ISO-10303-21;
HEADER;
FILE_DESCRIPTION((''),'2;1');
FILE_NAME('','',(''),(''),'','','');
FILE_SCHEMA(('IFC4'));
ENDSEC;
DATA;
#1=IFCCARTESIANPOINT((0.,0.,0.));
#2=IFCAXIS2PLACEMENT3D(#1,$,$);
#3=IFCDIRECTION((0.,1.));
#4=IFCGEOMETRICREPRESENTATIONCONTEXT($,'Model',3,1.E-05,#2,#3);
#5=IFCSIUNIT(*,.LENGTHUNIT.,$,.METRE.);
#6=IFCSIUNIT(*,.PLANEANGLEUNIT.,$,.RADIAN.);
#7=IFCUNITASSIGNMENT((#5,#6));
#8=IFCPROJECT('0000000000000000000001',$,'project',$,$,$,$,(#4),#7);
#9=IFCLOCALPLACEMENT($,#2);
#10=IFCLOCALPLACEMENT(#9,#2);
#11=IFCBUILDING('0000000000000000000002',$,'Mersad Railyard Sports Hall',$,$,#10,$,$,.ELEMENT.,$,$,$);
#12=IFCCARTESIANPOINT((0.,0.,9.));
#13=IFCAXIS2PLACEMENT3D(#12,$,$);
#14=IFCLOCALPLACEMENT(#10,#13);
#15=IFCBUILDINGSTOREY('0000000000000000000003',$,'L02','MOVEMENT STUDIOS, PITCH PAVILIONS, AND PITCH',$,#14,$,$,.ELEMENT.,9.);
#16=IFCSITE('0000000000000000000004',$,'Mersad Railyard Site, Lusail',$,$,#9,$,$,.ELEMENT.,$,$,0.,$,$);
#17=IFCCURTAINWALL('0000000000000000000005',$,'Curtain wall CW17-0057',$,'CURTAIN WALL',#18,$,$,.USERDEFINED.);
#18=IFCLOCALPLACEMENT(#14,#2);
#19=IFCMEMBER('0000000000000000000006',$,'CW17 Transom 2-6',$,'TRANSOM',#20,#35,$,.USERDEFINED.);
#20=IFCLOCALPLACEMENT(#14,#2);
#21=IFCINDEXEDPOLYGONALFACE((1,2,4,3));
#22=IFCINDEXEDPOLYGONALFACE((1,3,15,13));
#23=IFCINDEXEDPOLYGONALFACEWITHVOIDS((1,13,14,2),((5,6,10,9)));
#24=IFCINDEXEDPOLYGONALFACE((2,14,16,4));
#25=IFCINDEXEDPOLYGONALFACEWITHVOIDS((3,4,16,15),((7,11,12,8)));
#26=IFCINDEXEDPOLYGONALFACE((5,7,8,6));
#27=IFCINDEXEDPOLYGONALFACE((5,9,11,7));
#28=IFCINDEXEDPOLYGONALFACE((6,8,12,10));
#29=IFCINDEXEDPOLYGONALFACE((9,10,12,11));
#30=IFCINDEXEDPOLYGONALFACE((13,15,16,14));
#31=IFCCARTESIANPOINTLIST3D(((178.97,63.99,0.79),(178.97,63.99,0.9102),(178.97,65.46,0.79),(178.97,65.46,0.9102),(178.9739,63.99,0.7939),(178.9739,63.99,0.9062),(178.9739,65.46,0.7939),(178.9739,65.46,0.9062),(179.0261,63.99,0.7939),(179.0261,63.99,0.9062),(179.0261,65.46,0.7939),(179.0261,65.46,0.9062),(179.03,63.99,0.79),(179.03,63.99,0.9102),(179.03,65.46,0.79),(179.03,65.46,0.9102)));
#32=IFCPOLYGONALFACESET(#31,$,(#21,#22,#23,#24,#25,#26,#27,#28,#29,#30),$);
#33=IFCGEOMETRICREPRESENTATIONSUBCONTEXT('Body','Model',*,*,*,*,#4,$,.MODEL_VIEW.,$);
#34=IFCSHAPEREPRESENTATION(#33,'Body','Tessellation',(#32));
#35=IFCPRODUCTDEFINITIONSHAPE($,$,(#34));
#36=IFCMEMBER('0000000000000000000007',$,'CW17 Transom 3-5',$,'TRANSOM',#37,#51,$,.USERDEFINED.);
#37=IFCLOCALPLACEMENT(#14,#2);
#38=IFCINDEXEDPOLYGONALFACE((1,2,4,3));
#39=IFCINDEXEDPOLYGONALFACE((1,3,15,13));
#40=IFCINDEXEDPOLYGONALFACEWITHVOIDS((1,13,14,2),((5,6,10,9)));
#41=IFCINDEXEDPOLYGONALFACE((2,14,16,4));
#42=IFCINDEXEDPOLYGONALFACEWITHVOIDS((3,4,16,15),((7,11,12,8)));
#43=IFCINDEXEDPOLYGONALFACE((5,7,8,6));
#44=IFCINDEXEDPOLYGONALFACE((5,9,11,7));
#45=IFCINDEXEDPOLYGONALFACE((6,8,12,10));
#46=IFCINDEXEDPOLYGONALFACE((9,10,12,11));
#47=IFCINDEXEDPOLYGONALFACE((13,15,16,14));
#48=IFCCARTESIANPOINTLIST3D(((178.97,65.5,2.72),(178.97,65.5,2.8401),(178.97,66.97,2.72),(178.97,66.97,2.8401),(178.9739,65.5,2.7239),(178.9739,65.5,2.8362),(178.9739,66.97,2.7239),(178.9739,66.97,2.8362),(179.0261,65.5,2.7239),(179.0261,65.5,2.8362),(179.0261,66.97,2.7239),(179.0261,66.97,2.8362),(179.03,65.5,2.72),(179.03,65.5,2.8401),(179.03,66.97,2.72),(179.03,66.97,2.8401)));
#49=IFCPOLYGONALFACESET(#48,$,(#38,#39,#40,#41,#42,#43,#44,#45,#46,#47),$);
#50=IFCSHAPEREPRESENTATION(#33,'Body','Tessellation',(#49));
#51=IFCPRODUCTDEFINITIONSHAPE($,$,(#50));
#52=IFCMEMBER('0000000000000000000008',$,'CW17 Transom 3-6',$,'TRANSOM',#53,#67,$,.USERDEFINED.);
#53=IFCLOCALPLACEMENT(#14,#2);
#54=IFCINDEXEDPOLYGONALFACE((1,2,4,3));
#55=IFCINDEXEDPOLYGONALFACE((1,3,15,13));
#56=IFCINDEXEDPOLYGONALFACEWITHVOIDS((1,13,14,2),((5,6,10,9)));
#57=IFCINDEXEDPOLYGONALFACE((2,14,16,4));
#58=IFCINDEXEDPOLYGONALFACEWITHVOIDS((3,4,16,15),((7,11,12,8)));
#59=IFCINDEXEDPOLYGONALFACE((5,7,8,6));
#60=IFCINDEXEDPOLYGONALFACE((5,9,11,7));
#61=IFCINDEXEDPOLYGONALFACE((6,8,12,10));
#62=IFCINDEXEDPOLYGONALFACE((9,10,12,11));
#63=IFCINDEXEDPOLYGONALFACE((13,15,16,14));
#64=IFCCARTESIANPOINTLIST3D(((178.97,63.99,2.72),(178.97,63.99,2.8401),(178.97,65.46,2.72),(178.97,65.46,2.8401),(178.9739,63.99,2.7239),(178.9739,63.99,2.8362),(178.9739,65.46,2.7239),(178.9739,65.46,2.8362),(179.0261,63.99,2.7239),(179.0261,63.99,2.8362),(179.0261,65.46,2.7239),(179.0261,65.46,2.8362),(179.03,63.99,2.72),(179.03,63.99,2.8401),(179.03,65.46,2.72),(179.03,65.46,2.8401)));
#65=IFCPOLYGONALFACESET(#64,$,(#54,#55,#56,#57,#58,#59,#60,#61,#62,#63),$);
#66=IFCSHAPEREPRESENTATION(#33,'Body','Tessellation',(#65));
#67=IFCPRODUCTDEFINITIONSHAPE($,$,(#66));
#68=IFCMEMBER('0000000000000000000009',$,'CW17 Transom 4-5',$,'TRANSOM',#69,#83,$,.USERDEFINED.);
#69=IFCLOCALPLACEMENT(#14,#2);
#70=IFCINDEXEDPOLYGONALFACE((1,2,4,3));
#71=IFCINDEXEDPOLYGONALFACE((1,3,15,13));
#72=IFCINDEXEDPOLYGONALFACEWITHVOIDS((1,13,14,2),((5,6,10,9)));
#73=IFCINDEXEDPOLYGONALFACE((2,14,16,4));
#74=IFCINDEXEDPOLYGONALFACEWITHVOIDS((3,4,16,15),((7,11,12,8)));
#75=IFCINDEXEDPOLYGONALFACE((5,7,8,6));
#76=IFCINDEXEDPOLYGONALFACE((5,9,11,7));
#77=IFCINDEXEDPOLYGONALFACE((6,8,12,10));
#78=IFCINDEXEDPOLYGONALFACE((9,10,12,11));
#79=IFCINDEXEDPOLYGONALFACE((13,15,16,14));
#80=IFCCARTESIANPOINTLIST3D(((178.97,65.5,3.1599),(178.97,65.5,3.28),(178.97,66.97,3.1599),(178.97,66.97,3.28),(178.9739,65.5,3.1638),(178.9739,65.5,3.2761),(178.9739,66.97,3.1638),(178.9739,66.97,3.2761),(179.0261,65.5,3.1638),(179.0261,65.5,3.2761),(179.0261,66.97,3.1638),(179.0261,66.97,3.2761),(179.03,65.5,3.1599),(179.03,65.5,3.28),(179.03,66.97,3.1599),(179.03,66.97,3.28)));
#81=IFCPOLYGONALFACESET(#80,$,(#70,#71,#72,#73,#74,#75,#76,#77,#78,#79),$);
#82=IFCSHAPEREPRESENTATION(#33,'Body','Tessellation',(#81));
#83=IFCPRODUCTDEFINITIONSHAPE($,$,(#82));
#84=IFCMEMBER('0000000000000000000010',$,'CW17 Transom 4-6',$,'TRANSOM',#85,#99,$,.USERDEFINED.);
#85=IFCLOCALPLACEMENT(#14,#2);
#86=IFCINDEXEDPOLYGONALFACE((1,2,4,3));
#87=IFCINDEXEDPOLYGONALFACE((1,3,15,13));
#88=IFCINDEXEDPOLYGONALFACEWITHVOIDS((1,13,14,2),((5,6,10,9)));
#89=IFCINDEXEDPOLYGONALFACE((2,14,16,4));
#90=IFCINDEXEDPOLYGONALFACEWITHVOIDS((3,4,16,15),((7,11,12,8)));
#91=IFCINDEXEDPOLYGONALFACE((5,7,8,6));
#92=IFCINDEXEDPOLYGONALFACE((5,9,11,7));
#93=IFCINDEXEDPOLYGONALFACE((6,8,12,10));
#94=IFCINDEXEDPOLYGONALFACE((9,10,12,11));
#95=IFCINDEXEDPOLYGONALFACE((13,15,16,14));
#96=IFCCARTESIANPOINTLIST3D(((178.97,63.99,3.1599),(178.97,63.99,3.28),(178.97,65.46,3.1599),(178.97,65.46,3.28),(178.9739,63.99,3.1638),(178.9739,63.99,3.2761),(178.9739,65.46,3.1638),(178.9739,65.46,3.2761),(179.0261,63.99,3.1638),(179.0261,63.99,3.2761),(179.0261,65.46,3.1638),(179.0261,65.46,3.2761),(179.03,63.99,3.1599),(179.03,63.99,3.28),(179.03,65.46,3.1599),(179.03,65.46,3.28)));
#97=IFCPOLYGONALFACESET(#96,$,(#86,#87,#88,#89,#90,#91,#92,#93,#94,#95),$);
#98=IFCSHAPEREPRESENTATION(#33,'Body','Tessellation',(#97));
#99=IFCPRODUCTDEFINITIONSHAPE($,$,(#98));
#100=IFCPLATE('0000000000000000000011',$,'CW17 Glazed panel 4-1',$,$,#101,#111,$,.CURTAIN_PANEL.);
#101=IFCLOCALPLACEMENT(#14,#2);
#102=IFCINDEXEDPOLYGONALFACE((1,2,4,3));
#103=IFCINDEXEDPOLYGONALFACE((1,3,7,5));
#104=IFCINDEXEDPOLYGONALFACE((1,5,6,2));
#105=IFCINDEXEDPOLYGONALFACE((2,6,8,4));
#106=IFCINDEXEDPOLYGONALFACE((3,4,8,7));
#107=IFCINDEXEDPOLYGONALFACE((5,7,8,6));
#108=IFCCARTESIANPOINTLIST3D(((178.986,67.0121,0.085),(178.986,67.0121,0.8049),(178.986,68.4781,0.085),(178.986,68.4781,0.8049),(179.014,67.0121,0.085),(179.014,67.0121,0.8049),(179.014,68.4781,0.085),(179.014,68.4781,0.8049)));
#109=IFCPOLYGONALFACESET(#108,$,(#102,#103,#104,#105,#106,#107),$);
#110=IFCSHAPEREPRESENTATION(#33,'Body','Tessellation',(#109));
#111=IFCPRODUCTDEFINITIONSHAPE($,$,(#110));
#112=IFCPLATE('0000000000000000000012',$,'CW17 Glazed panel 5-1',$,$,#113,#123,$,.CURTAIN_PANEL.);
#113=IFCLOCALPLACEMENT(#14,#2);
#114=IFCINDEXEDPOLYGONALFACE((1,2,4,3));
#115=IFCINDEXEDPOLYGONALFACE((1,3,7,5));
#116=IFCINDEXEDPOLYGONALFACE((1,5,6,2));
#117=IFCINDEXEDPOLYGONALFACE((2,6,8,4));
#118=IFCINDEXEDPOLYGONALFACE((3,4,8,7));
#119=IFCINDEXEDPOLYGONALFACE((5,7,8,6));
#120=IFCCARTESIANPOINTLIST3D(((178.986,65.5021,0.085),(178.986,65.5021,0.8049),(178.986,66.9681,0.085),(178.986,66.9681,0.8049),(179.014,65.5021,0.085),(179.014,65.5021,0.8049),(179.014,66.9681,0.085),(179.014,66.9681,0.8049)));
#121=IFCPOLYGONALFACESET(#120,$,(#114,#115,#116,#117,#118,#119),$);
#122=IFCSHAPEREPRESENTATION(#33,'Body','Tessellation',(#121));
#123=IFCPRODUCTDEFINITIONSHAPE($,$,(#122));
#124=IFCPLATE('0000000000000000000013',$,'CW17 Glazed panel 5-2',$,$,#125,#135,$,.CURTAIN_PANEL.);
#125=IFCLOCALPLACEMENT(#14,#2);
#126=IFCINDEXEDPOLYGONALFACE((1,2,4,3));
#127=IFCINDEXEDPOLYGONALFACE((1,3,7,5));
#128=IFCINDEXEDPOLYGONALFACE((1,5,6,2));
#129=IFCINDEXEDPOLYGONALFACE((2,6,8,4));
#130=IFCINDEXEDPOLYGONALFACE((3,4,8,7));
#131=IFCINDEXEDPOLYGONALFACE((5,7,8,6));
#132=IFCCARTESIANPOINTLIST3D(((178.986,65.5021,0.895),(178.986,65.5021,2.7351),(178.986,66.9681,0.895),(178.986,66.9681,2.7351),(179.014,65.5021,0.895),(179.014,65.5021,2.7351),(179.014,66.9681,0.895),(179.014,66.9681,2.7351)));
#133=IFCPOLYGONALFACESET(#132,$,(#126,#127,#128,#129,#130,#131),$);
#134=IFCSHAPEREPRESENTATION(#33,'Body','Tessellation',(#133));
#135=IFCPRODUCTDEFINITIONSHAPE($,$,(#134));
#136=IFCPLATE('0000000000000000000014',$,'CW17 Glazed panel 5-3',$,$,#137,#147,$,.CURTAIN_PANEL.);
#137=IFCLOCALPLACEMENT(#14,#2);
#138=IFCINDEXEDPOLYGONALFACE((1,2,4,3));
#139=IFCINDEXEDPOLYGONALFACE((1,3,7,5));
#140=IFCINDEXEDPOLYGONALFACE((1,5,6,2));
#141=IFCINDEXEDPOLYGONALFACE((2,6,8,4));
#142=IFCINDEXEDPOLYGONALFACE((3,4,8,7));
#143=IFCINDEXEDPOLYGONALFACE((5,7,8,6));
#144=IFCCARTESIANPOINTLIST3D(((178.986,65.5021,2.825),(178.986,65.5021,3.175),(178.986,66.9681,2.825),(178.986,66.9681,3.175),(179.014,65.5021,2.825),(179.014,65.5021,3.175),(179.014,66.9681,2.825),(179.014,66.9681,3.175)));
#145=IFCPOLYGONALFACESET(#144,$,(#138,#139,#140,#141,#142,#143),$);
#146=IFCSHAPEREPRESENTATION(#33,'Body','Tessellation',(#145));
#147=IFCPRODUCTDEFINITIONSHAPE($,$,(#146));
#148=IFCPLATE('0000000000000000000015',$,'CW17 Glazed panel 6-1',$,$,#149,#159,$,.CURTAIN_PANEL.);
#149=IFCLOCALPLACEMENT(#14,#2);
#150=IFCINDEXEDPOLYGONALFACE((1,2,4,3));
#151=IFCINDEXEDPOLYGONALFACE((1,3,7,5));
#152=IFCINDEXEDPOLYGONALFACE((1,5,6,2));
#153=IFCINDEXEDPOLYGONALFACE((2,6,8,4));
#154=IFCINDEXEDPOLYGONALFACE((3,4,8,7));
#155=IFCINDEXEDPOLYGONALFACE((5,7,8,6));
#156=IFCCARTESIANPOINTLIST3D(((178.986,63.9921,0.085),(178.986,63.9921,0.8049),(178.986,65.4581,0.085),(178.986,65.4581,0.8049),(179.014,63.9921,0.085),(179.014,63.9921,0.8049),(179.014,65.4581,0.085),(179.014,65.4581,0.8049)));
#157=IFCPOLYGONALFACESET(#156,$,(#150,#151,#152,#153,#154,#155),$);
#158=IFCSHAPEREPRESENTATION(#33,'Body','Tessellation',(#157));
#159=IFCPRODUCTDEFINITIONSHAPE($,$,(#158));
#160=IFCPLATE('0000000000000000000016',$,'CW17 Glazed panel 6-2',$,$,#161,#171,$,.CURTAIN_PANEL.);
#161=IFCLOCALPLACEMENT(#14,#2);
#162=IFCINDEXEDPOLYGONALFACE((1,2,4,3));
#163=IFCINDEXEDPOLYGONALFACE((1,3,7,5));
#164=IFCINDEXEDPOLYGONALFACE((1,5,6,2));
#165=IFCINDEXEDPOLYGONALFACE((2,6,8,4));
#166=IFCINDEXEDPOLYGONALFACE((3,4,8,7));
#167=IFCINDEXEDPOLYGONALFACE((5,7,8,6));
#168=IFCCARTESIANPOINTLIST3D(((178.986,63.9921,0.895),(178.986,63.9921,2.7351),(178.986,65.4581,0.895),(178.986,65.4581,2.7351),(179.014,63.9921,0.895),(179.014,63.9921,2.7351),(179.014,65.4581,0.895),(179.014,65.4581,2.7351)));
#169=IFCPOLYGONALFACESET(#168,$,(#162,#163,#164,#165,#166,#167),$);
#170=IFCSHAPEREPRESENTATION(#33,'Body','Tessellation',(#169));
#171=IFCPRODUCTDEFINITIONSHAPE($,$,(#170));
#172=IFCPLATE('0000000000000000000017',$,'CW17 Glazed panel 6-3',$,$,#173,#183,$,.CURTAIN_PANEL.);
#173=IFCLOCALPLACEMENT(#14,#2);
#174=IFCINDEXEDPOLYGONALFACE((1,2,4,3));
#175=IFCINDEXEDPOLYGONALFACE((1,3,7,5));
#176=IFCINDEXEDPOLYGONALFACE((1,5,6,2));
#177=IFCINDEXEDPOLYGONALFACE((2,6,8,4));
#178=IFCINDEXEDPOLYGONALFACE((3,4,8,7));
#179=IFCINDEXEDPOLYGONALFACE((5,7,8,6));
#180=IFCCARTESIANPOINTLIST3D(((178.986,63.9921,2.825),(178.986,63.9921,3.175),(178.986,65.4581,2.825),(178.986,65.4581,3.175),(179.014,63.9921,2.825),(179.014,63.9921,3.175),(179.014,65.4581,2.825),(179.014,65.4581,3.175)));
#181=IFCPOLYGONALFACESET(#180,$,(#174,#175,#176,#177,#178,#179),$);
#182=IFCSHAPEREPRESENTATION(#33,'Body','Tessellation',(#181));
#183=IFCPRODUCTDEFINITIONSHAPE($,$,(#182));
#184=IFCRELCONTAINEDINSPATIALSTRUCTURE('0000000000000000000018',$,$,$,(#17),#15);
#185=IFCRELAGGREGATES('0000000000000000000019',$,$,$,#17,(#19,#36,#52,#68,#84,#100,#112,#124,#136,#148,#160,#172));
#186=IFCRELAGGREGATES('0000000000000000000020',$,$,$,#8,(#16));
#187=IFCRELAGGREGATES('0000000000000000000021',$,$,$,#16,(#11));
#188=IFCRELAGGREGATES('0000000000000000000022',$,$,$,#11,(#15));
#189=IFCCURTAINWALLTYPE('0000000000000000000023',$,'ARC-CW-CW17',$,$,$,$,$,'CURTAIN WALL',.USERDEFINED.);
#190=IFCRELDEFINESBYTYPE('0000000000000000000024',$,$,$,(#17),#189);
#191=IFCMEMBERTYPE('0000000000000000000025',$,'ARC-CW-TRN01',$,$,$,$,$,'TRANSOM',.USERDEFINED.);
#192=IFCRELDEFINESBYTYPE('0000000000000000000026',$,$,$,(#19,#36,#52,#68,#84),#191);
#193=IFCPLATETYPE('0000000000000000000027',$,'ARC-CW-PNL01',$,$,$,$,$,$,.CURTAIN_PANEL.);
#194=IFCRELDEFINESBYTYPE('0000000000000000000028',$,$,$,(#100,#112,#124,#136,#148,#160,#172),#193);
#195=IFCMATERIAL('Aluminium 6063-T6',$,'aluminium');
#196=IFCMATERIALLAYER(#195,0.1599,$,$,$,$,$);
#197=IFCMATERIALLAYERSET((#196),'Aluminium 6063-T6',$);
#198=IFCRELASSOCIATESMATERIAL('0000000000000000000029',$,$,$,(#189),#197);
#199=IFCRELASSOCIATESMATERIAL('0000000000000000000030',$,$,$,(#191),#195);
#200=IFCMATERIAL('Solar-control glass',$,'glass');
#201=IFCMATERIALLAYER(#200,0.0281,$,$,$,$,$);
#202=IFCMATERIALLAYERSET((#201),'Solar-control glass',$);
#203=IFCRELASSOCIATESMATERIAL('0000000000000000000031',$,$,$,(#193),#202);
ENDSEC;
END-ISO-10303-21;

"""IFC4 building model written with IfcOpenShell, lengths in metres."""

from ifc_helpers import new_model, si_unit, direction, frame, origin, origin_2d, place, context, subcontext, project, spatial, rectangle, hollow_rectangle, extrude, material, layer, layer_set, material_profile, profile_set, type_object, element, aggregate, save


model = new_model("IFC4")

# Units and contexts
model_context = context("Model", 3, precision=1e-05, world=origin(), true_north=direction((0.0, 1.0)))
body_context = subcontext(model_context, "Body", "Model", "MODEL_VIEW")
ifc_project = project(units=[si_unit("LENGTHUNIT", "METRE"), si_unit("PLANEANGLEUNIT", "RADIAN")], contexts=[model_context])

# Site, building, storey
site_placement = place(None, origin())
site = spatial("IfcSite", under=ifc_project, at=site_placement, Name="Mersad Railyard Site, Lusail", CompositionType="ELEMENT", RefElevation=0.0)
building_placement = place(site_placement, origin())
building = spatial("IfcBuilding", under=site, at=building_placement, Name="Mersad Railyard Sports Hall", CompositionType="ELEMENT")
storey_placement = place(building_placement, frame((0.0, 0.0, 9.0)))
storey = spatial("IfcBuildingStorey", under=building, at=storey_placement, Name="L02", Description="MOVEMENT STUDIOS, PITCH PAVILIONS, AND PITCH", CompositionType="ELEMENT", Elevation=9.0)

# Shared definitions
ifc_material_1 = material(Name="Aluminium 6063-T6", Category="aluminium")

# Curtain wall
ifc_layer_1 = layer(ifc_material_1, 0.1599)
ifc_layer_set_1 = layer_set([ifc_layer_1], Name="Aluminium 6063-T6")
curtain_wall_type_1 = type_object("IfcCurtainWallType", Name="ARC-CW-CW17", ElementType="CURTAIN WALL", PredefinedType="USERDEFINED", material=ifc_layer_set_1)
curtain_wall_1_placement = place(storey_placement, origin())
curtain_wall_1 = element("IfcCurtainWall", 1, at=curtain_wall_1_placement, inside=storey, type_object=curtain_wall_type_1, Name="Curtain wall CW17-0057", ObjectType="CURTAIN WALL", PredefinedType="USERDEFINED")

# Members
ifc_material_profile_1 = material_profile(ifc_material_1, hollow_rectangle(XDim=0.0601, YDim=0.1201, WallThickness=0.0039, at=origin_2d()), Name="AL TRANSOM 60x120x4")
ifc_profile_set_1 = profile_set([ifc_material_profile_1], Name="Aluminium 6063-T6")
member_type_1 = type_object("IfcMemberType", Name="ARC-CW-TRN01", ElementType="TRANSOM", PredefinedType="USERDEFINED", material=ifc_profile_set_1)
member_1_placement = place(storey_placement, frame((179.0, 65.46, 0.8501), z_axis=(0.0, -1.0, 0.0), x_axis=(1.0, 0.0, 0.0)))
member_1 = element("IfcMember", 2, at=member_1_placement, type_object=member_type_1, Name="CW17 Transom 2-6", ObjectType="TRANSOM", PredefinedType="USERDEFINED", context=body_context, shape_type="SweptSolid", body=[
    extrude(hollow_rectangle(XDim=0.0601, YDim=0.1201, WallThickness=0.0039, at=origin_2d()), origin(), (0.0, 0.0, 1.0), 1.47),
])
member_2_placement = place(storey_placement, frame((179.0, 66.97, 2.78), z_axis=(0.0, -1.0, 0.0), x_axis=(1.0, 0.0, 0.0)))
member_2 = element("IfcMember", 3, at=member_2_placement, type_object=member_type_1, Name="CW17 Transom 3-5", ObjectType="TRANSOM", PredefinedType="USERDEFINED", context=body_context, shape_type="SweptSolid", body=[
    extrude(hollow_rectangle(XDim=0.0601, YDim=0.1201, WallThickness=0.0039, at=origin_2d()), origin(), (0.0, 0.0, 1.0), 1.47),
])
member_3_placement = place(storey_placement, frame((179.0, 65.46, 2.78), z_axis=(0.0, -1.0, 0.0), x_axis=(1.0, 0.0, 0.0)))
member_3 = element("IfcMember", 4, at=member_3_placement, type_object=member_type_1, Name="CW17 Transom 3-6", ObjectType="TRANSOM", PredefinedType="USERDEFINED", context=body_context, shape_type="SweptSolid", body=[
    extrude(hollow_rectangle(XDim=0.0601, YDim=0.1201, WallThickness=0.0039, at=origin_2d()), origin(), (0.0, 0.0, 1.0), 1.47),
])
member_4_placement = place(storey_placement, frame((179.0, 66.97, 3.22), z_axis=(0.0, -1.0, 0.0), x_axis=(1.0, 0.0, 0.0)))
member_4 = element("IfcMember", 5, at=member_4_placement, type_object=member_type_1, Name="CW17 Transom 4-5", ObjectType="TRANSOM", PredefinedType="USERDEFINED", context=body_context, shape_type="SweptSolid", body=[
    extrude(hollow_rectangle(XDim=0.0601, YDim=0.1201, WallThickness=0.0039, at=origin_2d()), origin(), (0.0, 0.0, 1.0), 1.47),
])
member_5_placement = place(storey_placement, frame((179.0, 65.46, 3.22), z_axis=(0.0, -1.0, 0.0), x_axis=(1.0, 0.0, 0.0)))
member_5 = element("IfcMember", 6, at=member_5_placement, type_object=member_type_1, Name="CW17 Transom 4-6", ObjectType="TRANSOM", PredefinedType="USERDEFINED", context=body_context, shape_type="SweptSolid", body=[
    extrude(hollow_rectangle(XDim=0.0601, YDim=0.1201, WallThickness=0.0039, at=origin_2d()), origin(), (0.0, 0.0, 1.0), 1.47),
])

# Plates
ifc_material_2 = material(Name="Solar-control glass", Category="glass")
ifc_layer_2 = layer(ifc_material_2, 0.0281)
ifc_layer_set_2 = layer_set([ifc_layer_2], Name="Solar-control glass")
plate_type = type_object("IfcPlateType", Name="ARC-CW-PNL01", PredefinedType="CURTAIN_PANEL", material=ifc_layer_set_2)
plate_1_placement = place(storey_placement, frame((179.0, 67.7451, 0.085), z_axis=(0.0, 0.0, 1.0), x_axis=(0.0, -1.0, 0.0)))
plate_1 = element("IfcPlate", 7, at=plate_1_placement, type_object=plate_type, Name="CW17 Glazed panel 4-1", PredefinedType="CURTAIN_PANEL", context=body_context, shape_type="SweptSolid", body=[
    extrude(rectangle(XDim=1.4661, YDim=0.0281, at=origin_2d()), origin(), (0.0, 0.0, 1.0), 0.72),
])
plate_2_placement = place(storey_placement, frame((179.0, 66.2351, 0.085), z_axis=(0.0, 0.0, 1.0), x_axis=(0.0, -1.0, 0.0)))
plate_2 = element("IfcPlate", 8, at=plate_2_placement, type_object=plate_type, Name="CW17 Glazed panel 5-1", PredefinedType="CURTAIN_PANEL", context=body_context, shape_type="SweptSolid", body=[
    extrude(rectangle(XDim=1.4661, YDim=0.0281, at=origin_2d()), origin(), (0.0, 0.0, 1.0), 0.72),
])
plate_3_placement = place(storey_placement, frame((179.0, 66.2351, 0.895), z_axis=(0.0, 0.0, 1.0), x_axis=(0.0, -1.0, 0.0)))
plate_3 = element("IfcPlate", 9, at=plate_3_placement, type_object=plate_type, Name="CW17 Glazed panel 5-2", PredefinedType="CURTAIN_PANEL", context=body_context, shape_type="SweptSolid", body=[
    extrude(rectangle(XDim=1.4661, YDim=0.0281, at=origin_2d()), origin(), (0.0, 0.0, 1.0), 1.8401),
])
plate_4_placement = place(storey_placement, frame((179.0, 66.2351, 2.825), z_axis=(0.0, 0.0, 1.0), x_axis=(0.0, -1.0, 0.0)))
plate_4 = element("IfcPlate", 10, at=plate_4_placement, type_object=plate_type, Name="CW17 Glazed panel 5-3", PredefinedType="CURTAIN_PANEL", context=body_context, shape_type="SweptSolid", body=[
    extrude(rectangle(XDim=1.4661, YDim=0.0281, at=origin_2d()), origin(), (0.0, 0.0, 1.0), 0.3501),
])
plate_5_placement = place(storey_placement, frame((179.0, 64.7251, 0.085), z_axis=(0.0, 0.0, 1.0), x_axis=(0.0, -1.0, 0.0)))
plate_5 = element("IfcPlate", 11, at=plate_5_placement, type_object=plate_type, Name="CW17 Glazed panel 6-1", PredefinedType="CURTAIN_PANEL", context=body_context, shape_type="SweptSolid", body=[
    extrude(rectangle(XDim=1.4661, YDim=0.0281, at=origin_2d()), origin(), (0.0, 0.0, 1.0), 0.72),
])
plate_6_placement = place(storey_placement, frame((179.0, 64.7251, 0.895), z_axis=(0.0, 0.0, 1.0), x_axis=(0.0, -1.0, 0.0)))
plate_6 = element("IfcPlate", 12, at=plate_6_placement, type_object=plate_type, Name="CW17 Glazed panel 6-2", PredefinedType="CURTAIN_PANEL", context=body_context, shape_type="SweptSolid", body=[
    extrude(rectangle(XDim=1.4661, YDim=0.0281, at=origin_2d()), origin(), (0.0, 0.0, 1.0), 1.8401),
])
plate_7_placement = place(storey_placement, frame((179.0, 64.7251, 2.825), z_axis=(0.0, 0.0, 1.0), x_axis=(0.0, -1.0, 0.0)))
plate_7 = element("IfcPlate", 13, at=plate_7_placement, type_object=plate_type, Name="CW17 Glazed panel 6-3", PredefinedType="CURTAIN_PANEL", context=body_context, shape_type="SweptSolid", body=[
    extrude(rectangle(XDim=1.4661, YDim=0.0281, at=origin_2d()), origin(), (0.0, 0.0, 1.0), 0.3501),
])
aggregate(curtain_wall_1, [member_1, member_2, member_3, member_4, member_5, plate_1, plate_2, plate_3, plate_4, plate_5, plate_6, plate_7])

save(model, "model.ifc")
